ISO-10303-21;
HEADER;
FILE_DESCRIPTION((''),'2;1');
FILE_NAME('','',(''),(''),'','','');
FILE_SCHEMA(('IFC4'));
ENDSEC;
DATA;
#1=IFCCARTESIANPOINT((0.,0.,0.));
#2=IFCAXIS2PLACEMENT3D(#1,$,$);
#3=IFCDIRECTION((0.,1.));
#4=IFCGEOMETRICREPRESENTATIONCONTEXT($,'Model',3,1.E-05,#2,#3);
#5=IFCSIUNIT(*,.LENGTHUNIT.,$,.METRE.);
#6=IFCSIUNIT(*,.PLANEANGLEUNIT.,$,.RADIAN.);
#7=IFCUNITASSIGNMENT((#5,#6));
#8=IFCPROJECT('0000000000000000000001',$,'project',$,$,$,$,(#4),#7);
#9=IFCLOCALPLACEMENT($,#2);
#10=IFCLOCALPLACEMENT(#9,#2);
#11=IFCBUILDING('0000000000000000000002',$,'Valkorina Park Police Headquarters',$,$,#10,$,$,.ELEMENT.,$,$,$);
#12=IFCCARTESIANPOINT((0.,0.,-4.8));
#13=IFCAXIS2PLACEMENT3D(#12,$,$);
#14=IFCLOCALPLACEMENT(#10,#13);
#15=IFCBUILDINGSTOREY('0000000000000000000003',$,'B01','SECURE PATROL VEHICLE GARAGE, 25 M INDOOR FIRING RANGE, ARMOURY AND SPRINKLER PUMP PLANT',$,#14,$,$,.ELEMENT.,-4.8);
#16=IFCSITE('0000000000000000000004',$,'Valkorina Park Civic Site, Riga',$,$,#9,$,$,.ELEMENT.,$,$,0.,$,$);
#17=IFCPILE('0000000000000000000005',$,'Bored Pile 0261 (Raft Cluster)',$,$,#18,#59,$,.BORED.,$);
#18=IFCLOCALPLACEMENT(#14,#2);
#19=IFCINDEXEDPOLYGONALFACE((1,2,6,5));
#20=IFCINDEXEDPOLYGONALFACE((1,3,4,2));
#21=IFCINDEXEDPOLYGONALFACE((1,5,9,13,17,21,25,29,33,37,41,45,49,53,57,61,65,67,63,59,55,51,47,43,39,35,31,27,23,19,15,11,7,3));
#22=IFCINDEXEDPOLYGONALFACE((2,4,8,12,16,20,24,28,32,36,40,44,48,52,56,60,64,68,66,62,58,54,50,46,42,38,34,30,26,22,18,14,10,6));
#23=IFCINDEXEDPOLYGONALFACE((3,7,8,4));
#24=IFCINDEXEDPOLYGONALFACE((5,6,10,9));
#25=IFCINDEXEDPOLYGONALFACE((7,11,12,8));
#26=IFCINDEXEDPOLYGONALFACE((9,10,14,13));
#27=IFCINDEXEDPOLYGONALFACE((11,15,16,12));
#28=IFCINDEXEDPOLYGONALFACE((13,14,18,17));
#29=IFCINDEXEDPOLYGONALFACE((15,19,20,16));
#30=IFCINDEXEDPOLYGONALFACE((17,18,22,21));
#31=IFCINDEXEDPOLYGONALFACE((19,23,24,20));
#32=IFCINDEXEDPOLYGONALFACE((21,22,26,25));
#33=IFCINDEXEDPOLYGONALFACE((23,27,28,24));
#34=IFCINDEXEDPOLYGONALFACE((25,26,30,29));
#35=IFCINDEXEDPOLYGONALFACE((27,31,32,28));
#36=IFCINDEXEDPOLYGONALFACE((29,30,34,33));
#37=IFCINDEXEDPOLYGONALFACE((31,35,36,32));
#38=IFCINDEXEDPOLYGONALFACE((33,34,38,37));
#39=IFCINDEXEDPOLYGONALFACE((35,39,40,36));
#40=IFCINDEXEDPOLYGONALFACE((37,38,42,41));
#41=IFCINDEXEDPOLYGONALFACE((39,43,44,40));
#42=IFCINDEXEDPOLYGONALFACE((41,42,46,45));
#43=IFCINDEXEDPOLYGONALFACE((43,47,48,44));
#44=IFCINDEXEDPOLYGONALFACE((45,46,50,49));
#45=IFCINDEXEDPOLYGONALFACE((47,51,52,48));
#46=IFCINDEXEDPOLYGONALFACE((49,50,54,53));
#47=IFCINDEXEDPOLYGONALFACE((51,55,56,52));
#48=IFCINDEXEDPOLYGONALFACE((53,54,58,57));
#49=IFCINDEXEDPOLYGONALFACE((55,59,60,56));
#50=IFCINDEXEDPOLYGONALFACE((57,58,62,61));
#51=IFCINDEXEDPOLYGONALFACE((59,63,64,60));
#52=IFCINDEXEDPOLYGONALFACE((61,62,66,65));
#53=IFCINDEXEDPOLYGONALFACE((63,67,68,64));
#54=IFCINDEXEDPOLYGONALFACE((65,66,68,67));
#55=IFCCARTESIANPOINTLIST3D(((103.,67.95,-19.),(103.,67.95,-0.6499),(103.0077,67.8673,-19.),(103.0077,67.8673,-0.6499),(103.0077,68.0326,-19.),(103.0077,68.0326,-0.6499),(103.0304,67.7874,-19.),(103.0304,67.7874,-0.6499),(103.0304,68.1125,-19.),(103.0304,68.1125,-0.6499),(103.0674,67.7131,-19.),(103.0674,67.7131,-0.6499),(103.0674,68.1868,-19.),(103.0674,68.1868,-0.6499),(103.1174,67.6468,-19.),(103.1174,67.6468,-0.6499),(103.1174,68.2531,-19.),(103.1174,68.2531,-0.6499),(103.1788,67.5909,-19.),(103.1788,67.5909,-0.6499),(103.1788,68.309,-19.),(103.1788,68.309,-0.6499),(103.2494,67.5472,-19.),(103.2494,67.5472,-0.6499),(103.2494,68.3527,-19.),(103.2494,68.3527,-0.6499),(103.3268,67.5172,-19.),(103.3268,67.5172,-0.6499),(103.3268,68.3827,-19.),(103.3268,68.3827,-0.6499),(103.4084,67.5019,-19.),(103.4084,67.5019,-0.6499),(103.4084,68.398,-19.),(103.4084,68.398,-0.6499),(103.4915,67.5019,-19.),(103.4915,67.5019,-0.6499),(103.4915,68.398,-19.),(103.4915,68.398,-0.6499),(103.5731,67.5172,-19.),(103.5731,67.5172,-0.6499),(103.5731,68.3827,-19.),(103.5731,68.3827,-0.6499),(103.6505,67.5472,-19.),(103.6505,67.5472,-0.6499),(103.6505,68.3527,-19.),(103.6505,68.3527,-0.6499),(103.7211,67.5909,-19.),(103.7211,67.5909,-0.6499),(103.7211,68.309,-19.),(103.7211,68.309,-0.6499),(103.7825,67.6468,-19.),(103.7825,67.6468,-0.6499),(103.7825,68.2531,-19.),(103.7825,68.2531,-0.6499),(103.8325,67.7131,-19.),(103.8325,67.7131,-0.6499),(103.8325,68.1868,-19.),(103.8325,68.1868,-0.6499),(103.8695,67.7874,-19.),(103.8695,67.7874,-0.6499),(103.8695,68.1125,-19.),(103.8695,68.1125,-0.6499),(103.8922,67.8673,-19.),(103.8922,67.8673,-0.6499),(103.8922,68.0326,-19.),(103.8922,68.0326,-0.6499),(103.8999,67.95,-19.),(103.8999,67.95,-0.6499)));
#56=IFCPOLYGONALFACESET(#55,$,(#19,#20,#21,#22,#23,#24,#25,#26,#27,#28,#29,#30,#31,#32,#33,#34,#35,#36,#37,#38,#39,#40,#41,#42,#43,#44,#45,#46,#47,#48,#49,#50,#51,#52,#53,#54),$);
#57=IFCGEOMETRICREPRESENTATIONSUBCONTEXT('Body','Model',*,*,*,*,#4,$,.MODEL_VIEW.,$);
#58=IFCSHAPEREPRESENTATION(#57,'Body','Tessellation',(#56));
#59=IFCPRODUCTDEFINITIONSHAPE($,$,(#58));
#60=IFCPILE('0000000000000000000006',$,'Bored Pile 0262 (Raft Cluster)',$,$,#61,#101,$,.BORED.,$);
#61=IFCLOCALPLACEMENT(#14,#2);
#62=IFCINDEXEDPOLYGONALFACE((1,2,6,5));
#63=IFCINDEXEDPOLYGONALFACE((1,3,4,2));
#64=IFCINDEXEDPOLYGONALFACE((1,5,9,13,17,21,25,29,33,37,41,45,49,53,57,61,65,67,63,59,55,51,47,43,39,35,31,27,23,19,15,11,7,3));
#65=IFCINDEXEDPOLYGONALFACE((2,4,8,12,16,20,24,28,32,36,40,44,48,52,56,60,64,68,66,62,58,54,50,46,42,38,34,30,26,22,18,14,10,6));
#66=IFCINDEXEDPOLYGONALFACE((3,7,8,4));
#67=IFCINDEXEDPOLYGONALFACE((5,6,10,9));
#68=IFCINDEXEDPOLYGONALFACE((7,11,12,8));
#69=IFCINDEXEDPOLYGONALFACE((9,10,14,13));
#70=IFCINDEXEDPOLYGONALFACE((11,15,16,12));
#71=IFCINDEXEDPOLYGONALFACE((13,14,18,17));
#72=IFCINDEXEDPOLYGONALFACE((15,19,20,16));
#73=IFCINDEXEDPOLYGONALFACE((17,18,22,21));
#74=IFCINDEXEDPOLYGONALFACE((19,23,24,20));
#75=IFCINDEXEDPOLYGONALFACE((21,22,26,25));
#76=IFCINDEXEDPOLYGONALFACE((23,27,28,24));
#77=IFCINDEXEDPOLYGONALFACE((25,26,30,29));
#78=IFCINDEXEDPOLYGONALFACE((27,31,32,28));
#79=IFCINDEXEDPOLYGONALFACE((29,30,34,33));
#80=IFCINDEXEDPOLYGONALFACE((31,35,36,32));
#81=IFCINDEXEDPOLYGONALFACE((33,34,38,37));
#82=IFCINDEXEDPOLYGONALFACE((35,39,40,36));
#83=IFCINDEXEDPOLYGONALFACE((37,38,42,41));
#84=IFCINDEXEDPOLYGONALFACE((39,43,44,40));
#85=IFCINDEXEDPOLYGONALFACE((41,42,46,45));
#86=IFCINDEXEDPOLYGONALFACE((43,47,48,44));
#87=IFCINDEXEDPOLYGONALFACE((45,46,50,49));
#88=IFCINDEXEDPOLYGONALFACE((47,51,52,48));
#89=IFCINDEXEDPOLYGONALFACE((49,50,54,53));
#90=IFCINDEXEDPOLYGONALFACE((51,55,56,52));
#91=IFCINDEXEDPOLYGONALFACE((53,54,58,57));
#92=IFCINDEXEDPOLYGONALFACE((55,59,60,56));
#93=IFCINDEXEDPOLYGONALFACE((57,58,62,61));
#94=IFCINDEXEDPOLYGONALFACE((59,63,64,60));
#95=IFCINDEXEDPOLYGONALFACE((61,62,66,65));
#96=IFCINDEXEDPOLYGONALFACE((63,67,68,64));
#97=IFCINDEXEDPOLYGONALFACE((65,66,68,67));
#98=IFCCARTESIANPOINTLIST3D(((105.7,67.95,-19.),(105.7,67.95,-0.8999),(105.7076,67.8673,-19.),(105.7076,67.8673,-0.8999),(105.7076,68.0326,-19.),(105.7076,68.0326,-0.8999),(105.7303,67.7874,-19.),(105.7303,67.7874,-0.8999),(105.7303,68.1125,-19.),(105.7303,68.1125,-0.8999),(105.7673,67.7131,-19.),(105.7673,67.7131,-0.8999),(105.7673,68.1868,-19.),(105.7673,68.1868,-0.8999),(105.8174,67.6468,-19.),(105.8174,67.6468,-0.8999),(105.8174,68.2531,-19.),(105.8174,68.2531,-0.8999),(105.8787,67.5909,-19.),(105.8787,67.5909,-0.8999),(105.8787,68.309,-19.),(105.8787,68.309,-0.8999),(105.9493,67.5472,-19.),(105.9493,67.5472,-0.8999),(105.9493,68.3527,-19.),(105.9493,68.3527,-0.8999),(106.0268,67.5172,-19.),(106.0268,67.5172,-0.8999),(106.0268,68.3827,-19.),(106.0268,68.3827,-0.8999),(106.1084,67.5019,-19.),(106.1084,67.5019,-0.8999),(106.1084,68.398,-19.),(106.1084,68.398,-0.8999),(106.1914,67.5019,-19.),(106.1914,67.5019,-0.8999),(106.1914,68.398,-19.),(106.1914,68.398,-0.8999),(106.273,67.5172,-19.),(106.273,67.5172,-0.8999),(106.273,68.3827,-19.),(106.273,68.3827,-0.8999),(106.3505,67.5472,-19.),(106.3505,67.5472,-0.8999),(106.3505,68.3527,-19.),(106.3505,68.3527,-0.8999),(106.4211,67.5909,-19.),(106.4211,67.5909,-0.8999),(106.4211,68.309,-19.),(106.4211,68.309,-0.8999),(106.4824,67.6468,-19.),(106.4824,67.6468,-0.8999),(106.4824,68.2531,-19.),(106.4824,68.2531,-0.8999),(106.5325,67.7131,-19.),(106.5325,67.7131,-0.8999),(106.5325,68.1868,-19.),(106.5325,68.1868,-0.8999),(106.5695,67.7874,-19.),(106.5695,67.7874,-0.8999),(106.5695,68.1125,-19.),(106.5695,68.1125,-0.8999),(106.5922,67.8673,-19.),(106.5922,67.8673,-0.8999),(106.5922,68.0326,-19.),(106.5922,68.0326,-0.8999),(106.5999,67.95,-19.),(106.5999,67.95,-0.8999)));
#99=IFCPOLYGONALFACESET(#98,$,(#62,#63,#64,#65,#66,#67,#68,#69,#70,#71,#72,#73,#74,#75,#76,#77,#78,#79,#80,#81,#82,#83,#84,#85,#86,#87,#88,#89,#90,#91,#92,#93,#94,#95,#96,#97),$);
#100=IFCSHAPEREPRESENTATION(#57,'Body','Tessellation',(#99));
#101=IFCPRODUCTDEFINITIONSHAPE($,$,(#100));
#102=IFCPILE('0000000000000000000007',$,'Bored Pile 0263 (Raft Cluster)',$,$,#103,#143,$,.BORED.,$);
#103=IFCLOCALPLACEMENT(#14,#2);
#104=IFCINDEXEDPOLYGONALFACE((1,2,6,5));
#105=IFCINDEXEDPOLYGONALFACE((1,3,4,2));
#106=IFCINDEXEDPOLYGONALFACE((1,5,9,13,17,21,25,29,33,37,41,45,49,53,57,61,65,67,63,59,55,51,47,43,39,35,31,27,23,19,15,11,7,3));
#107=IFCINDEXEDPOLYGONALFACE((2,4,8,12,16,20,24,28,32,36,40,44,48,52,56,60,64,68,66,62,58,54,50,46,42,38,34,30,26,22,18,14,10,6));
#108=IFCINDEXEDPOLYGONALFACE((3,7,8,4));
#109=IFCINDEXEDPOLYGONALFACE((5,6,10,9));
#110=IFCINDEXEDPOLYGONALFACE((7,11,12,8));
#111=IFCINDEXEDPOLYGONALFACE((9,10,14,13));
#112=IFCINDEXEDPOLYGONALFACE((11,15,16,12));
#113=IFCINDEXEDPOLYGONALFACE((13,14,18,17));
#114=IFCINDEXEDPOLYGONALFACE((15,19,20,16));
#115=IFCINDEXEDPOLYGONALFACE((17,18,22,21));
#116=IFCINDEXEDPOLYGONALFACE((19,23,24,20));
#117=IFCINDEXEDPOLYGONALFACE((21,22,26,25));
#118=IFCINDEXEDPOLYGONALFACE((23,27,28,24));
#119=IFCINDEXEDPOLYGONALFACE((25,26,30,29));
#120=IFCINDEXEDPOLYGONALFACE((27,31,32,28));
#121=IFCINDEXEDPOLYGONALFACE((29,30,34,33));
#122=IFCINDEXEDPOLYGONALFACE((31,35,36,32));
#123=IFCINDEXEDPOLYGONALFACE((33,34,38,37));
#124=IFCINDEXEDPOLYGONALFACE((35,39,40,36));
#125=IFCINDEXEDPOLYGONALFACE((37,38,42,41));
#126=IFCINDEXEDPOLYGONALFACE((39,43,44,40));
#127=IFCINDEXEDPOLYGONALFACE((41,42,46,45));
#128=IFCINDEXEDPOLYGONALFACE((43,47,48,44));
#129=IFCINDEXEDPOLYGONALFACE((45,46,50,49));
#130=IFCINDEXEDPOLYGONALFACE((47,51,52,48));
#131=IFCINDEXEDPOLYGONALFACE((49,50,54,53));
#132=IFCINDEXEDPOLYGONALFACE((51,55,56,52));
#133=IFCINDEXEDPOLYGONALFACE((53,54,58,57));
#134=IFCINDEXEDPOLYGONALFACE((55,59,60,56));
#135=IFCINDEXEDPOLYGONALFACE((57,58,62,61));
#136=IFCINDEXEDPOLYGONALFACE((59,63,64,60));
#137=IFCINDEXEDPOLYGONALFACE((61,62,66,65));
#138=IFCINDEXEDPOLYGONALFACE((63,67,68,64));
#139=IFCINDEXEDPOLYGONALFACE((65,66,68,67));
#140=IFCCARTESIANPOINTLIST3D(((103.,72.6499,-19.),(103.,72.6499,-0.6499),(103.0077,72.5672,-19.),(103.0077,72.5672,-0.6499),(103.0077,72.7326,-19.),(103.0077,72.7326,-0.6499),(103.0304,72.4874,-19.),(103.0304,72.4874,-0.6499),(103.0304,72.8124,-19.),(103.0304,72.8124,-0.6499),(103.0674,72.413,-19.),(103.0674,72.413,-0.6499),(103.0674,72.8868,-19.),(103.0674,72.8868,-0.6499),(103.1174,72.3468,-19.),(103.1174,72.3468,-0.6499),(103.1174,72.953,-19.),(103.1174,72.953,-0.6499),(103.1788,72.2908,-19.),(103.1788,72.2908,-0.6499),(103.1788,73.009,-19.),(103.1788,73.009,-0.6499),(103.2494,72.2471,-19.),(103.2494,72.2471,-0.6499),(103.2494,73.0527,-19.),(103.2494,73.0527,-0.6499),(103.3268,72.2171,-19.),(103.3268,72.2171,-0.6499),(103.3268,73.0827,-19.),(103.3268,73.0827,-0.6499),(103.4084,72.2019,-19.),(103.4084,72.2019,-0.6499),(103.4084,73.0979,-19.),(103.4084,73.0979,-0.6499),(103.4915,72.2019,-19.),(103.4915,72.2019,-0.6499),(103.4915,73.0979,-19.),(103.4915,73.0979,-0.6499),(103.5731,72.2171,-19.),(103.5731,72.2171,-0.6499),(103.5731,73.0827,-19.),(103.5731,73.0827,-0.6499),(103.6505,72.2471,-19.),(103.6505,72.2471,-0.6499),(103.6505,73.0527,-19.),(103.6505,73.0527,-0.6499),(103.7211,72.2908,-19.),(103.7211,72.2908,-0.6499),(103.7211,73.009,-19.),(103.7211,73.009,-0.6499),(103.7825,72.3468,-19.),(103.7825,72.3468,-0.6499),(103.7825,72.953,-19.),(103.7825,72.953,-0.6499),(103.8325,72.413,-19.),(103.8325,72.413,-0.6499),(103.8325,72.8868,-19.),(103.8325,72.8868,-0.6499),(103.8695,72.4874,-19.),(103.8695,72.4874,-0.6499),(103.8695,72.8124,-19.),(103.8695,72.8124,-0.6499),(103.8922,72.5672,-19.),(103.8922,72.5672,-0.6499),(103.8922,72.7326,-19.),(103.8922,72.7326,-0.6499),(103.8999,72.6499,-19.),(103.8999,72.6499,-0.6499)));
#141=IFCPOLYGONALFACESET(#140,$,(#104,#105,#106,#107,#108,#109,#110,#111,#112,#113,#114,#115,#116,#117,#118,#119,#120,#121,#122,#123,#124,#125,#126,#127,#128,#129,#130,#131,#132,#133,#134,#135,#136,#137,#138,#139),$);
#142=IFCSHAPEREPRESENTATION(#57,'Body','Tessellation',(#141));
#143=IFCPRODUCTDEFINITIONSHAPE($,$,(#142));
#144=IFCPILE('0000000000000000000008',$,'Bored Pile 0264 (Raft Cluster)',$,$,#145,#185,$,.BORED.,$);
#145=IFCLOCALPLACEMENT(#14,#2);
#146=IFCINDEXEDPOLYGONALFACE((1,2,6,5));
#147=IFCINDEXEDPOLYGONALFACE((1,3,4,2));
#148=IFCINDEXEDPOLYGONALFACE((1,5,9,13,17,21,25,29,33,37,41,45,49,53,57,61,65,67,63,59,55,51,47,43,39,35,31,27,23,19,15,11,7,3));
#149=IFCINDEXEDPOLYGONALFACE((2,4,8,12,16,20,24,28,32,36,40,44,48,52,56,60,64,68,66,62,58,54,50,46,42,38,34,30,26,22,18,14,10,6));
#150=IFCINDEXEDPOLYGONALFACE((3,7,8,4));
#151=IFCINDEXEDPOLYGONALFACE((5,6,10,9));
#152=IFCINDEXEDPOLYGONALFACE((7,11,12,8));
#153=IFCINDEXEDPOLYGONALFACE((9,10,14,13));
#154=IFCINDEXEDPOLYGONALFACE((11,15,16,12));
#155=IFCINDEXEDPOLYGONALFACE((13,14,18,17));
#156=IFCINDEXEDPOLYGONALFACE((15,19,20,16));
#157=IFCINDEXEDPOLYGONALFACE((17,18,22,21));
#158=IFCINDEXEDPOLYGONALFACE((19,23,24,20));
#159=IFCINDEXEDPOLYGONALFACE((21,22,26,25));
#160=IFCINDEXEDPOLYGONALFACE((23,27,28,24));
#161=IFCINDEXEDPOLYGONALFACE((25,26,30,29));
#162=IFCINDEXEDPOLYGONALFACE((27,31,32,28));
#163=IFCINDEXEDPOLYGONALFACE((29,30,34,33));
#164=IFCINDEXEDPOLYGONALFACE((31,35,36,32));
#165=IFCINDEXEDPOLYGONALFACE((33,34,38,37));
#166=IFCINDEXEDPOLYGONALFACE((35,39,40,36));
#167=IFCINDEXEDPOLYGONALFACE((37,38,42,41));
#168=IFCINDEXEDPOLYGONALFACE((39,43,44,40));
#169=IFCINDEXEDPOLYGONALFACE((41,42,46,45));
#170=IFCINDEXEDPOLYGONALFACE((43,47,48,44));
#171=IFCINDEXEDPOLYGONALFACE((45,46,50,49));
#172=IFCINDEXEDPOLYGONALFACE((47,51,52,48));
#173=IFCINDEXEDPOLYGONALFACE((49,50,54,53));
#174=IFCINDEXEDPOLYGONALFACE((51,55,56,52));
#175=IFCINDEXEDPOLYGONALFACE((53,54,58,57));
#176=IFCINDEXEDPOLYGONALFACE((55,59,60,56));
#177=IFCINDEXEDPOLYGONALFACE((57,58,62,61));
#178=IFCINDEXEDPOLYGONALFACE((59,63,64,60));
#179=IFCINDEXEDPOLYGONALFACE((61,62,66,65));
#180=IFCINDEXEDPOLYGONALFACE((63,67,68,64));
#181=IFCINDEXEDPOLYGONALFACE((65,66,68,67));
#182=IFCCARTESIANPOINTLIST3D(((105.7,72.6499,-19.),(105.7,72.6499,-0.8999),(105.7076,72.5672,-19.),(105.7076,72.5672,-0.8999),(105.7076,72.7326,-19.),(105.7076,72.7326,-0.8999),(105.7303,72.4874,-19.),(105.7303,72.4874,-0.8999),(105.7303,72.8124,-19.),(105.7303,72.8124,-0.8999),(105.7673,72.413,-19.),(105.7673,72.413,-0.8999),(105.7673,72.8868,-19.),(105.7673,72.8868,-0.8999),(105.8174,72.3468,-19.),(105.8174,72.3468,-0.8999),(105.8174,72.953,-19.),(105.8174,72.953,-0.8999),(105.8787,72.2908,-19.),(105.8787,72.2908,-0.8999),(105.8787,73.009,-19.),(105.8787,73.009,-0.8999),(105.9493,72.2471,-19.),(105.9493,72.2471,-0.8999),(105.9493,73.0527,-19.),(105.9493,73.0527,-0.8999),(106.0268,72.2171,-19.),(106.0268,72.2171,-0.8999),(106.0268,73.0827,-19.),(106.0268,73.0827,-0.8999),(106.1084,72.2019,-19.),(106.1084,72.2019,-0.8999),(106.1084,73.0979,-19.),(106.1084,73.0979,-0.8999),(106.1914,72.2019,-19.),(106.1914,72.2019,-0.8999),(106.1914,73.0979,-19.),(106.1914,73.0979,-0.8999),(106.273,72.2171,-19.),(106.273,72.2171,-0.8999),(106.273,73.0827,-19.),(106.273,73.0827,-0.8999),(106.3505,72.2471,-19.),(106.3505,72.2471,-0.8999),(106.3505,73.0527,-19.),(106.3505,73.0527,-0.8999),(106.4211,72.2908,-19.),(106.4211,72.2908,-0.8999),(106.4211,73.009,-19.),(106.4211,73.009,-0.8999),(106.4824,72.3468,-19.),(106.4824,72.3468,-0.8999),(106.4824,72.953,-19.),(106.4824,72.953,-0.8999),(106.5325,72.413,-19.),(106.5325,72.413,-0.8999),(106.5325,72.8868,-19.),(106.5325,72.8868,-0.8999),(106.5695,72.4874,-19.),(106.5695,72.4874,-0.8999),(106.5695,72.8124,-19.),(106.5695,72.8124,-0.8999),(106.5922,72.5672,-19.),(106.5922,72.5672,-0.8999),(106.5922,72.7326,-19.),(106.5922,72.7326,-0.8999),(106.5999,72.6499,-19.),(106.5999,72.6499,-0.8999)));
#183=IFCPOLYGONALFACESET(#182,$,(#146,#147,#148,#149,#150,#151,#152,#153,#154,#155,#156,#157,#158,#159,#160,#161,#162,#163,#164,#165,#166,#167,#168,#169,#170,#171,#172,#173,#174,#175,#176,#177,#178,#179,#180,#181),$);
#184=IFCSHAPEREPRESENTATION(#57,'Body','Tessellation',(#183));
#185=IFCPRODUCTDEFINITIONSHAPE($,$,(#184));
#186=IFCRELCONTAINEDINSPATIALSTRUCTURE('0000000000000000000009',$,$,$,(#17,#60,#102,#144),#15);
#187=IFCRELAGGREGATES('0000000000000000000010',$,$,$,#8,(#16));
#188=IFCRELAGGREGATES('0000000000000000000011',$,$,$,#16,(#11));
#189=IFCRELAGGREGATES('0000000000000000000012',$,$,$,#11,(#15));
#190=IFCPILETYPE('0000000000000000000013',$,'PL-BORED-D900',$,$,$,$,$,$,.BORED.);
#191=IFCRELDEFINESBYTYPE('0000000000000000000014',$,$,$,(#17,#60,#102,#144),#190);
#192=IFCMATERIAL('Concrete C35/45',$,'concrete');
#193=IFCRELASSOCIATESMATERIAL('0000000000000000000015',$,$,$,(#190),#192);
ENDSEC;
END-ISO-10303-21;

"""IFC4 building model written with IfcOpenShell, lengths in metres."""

from ifc_helpers import new_model, si_unit, direction, frame, origin, origin_2d, place, context, subcontext, project, spatial, circle, extrude, material, material_profile, profile_set, type_object, element, save


model = new_model("IFC4")

# Units and contexts
model_context = context("Model", 3, precision=1e-05, world=origin(), true_north=direction((0.0, 1.0)))
body_context = subcontext(model_context, "Body", "Model", "MODEL_VIEW")
ifc_project = project(units=[si_unit("LENGTHUNIT", "METRE"), si_unit("PLANEANGLEUNIT", "RADIAN")], contexts=[model_context])

# Site, building, storey
site_placement = place(None, origin())
site = spatial("IfcSite", under=ifc_project, at=site_placement, Name="Valkorina Park Civic Site, Riga", CompositionType="ELEMENT", RefElevation=0.0)
building_placement = place(site_placement, origin())
building = spatial("IfcBuilding", under=site, at=building_placement, Name="Valkorina Park Police Headquarters", CompositionType="ELEMENT")
storey_placement = place(building_placement, frame((0.0, 0.0, -4.8)))
storey = spatial("IfcBuildingStorey", under=building, at=storey_placement, Name="B01", Description="SECURE PATROL VEHICLE GARAGE, 25 M INDOOR FIRING RANGE, ARMOURY AND SPRINKLER PUMP PLANT", CompositionType="ELEMENT", Elevation=-4.8)

# Piles
ifc_material_1 = material(Name="Concrete C35/45", Category="concrete")
ifc_material_profile_1 = material_profile(ifc_material_1, circle(Radius=0.45, at=origin_2d()), Name="BORED PILE D900")
ifc_profile_set_1 = profile_set([ifc_material_profile_1], Name="Concrete C35/45")
pile_type = type_object("IfcPileType", Name="PL-BORED-D900", PredefinedType="BORED", material=ifc_profile_set_1)
pile_1_placement = place(storey_placement, frame((103.45, 67.95, -0.6499), z_axis=(0.0, 0.0, -1.0), x_axis=(1.0, 0.0, 0.0)))
element("IfcPile", 1, at=pile_1_placement, inside=storey, type_object=pile_type, Name="Bored Pile 0261 (Raft Cluster)", PredefinedType="BORED", context=body_context, shape_type="SweptSolid", body=[
    extrude(circle(Radius=0.45, at=origin_2d()), origin(), (0.0, 0.0, 1.0), 18.3501),
])
pile_2_placement = place(storey_placement, frame((106.1499, 67.95, -0.8999), z_axis=(0.0, 0.0, -1.0), x_axis=(1.0, 0.0, 0.0)))
element("IfcPile", 2, at=pile_2_placement, inside=storey, type_object=pile_type, Name="Bored Pile 0262 (Raft Cluster)", PredefinedType="BORED", context=body_context, shape_type="SweptSolid", body=[
    extrude(circle(Radius=0.45, at=origin_2d()), origin(), (0.0, 0.0, 1.0), 18.1001),
])
pile_3_placement = place(storey_placement, frame((103.45, 72.6499, -0.6499), z_axis=(0.0, 0.0, -1.0), x_axis=(1.0, 0.0, 0.0)))
element("IfcPile", 3, at=pile_3_placement, inside=storey, type_object=pile_type, Name="Bored Pile 0263 (Raft Cluster)", PredefinedType="BORED", context=body_context, shape_type="SweptSolid", body=[
    extrude(circle(Radius=0.45, at=origin_2d()), origin(), (0.0, 0.0, 1.0), 18.3501),
])
pile_4_placement = place(storey_placement, frame((106.1499, 72.6499, -0.8999), z_axis=(0.0, 0.0, -1.0), x_axis=(1.0, 0.0, 0.0)))
element("IfcPile", 4, at=pile_4_placement, inside=storey, type_object=pile_type, Name="Bored Pile 0264 (Raft Cluster)", PredefinedType="BORED", context=body_context, shape_type="SweptSolid", body=[
    extrude(circle(Radius=0.45, at=origin_2d()), origin(), (0.0, 0.0, 1.0), 18.1001),
])

save(model, "model.ifc")
